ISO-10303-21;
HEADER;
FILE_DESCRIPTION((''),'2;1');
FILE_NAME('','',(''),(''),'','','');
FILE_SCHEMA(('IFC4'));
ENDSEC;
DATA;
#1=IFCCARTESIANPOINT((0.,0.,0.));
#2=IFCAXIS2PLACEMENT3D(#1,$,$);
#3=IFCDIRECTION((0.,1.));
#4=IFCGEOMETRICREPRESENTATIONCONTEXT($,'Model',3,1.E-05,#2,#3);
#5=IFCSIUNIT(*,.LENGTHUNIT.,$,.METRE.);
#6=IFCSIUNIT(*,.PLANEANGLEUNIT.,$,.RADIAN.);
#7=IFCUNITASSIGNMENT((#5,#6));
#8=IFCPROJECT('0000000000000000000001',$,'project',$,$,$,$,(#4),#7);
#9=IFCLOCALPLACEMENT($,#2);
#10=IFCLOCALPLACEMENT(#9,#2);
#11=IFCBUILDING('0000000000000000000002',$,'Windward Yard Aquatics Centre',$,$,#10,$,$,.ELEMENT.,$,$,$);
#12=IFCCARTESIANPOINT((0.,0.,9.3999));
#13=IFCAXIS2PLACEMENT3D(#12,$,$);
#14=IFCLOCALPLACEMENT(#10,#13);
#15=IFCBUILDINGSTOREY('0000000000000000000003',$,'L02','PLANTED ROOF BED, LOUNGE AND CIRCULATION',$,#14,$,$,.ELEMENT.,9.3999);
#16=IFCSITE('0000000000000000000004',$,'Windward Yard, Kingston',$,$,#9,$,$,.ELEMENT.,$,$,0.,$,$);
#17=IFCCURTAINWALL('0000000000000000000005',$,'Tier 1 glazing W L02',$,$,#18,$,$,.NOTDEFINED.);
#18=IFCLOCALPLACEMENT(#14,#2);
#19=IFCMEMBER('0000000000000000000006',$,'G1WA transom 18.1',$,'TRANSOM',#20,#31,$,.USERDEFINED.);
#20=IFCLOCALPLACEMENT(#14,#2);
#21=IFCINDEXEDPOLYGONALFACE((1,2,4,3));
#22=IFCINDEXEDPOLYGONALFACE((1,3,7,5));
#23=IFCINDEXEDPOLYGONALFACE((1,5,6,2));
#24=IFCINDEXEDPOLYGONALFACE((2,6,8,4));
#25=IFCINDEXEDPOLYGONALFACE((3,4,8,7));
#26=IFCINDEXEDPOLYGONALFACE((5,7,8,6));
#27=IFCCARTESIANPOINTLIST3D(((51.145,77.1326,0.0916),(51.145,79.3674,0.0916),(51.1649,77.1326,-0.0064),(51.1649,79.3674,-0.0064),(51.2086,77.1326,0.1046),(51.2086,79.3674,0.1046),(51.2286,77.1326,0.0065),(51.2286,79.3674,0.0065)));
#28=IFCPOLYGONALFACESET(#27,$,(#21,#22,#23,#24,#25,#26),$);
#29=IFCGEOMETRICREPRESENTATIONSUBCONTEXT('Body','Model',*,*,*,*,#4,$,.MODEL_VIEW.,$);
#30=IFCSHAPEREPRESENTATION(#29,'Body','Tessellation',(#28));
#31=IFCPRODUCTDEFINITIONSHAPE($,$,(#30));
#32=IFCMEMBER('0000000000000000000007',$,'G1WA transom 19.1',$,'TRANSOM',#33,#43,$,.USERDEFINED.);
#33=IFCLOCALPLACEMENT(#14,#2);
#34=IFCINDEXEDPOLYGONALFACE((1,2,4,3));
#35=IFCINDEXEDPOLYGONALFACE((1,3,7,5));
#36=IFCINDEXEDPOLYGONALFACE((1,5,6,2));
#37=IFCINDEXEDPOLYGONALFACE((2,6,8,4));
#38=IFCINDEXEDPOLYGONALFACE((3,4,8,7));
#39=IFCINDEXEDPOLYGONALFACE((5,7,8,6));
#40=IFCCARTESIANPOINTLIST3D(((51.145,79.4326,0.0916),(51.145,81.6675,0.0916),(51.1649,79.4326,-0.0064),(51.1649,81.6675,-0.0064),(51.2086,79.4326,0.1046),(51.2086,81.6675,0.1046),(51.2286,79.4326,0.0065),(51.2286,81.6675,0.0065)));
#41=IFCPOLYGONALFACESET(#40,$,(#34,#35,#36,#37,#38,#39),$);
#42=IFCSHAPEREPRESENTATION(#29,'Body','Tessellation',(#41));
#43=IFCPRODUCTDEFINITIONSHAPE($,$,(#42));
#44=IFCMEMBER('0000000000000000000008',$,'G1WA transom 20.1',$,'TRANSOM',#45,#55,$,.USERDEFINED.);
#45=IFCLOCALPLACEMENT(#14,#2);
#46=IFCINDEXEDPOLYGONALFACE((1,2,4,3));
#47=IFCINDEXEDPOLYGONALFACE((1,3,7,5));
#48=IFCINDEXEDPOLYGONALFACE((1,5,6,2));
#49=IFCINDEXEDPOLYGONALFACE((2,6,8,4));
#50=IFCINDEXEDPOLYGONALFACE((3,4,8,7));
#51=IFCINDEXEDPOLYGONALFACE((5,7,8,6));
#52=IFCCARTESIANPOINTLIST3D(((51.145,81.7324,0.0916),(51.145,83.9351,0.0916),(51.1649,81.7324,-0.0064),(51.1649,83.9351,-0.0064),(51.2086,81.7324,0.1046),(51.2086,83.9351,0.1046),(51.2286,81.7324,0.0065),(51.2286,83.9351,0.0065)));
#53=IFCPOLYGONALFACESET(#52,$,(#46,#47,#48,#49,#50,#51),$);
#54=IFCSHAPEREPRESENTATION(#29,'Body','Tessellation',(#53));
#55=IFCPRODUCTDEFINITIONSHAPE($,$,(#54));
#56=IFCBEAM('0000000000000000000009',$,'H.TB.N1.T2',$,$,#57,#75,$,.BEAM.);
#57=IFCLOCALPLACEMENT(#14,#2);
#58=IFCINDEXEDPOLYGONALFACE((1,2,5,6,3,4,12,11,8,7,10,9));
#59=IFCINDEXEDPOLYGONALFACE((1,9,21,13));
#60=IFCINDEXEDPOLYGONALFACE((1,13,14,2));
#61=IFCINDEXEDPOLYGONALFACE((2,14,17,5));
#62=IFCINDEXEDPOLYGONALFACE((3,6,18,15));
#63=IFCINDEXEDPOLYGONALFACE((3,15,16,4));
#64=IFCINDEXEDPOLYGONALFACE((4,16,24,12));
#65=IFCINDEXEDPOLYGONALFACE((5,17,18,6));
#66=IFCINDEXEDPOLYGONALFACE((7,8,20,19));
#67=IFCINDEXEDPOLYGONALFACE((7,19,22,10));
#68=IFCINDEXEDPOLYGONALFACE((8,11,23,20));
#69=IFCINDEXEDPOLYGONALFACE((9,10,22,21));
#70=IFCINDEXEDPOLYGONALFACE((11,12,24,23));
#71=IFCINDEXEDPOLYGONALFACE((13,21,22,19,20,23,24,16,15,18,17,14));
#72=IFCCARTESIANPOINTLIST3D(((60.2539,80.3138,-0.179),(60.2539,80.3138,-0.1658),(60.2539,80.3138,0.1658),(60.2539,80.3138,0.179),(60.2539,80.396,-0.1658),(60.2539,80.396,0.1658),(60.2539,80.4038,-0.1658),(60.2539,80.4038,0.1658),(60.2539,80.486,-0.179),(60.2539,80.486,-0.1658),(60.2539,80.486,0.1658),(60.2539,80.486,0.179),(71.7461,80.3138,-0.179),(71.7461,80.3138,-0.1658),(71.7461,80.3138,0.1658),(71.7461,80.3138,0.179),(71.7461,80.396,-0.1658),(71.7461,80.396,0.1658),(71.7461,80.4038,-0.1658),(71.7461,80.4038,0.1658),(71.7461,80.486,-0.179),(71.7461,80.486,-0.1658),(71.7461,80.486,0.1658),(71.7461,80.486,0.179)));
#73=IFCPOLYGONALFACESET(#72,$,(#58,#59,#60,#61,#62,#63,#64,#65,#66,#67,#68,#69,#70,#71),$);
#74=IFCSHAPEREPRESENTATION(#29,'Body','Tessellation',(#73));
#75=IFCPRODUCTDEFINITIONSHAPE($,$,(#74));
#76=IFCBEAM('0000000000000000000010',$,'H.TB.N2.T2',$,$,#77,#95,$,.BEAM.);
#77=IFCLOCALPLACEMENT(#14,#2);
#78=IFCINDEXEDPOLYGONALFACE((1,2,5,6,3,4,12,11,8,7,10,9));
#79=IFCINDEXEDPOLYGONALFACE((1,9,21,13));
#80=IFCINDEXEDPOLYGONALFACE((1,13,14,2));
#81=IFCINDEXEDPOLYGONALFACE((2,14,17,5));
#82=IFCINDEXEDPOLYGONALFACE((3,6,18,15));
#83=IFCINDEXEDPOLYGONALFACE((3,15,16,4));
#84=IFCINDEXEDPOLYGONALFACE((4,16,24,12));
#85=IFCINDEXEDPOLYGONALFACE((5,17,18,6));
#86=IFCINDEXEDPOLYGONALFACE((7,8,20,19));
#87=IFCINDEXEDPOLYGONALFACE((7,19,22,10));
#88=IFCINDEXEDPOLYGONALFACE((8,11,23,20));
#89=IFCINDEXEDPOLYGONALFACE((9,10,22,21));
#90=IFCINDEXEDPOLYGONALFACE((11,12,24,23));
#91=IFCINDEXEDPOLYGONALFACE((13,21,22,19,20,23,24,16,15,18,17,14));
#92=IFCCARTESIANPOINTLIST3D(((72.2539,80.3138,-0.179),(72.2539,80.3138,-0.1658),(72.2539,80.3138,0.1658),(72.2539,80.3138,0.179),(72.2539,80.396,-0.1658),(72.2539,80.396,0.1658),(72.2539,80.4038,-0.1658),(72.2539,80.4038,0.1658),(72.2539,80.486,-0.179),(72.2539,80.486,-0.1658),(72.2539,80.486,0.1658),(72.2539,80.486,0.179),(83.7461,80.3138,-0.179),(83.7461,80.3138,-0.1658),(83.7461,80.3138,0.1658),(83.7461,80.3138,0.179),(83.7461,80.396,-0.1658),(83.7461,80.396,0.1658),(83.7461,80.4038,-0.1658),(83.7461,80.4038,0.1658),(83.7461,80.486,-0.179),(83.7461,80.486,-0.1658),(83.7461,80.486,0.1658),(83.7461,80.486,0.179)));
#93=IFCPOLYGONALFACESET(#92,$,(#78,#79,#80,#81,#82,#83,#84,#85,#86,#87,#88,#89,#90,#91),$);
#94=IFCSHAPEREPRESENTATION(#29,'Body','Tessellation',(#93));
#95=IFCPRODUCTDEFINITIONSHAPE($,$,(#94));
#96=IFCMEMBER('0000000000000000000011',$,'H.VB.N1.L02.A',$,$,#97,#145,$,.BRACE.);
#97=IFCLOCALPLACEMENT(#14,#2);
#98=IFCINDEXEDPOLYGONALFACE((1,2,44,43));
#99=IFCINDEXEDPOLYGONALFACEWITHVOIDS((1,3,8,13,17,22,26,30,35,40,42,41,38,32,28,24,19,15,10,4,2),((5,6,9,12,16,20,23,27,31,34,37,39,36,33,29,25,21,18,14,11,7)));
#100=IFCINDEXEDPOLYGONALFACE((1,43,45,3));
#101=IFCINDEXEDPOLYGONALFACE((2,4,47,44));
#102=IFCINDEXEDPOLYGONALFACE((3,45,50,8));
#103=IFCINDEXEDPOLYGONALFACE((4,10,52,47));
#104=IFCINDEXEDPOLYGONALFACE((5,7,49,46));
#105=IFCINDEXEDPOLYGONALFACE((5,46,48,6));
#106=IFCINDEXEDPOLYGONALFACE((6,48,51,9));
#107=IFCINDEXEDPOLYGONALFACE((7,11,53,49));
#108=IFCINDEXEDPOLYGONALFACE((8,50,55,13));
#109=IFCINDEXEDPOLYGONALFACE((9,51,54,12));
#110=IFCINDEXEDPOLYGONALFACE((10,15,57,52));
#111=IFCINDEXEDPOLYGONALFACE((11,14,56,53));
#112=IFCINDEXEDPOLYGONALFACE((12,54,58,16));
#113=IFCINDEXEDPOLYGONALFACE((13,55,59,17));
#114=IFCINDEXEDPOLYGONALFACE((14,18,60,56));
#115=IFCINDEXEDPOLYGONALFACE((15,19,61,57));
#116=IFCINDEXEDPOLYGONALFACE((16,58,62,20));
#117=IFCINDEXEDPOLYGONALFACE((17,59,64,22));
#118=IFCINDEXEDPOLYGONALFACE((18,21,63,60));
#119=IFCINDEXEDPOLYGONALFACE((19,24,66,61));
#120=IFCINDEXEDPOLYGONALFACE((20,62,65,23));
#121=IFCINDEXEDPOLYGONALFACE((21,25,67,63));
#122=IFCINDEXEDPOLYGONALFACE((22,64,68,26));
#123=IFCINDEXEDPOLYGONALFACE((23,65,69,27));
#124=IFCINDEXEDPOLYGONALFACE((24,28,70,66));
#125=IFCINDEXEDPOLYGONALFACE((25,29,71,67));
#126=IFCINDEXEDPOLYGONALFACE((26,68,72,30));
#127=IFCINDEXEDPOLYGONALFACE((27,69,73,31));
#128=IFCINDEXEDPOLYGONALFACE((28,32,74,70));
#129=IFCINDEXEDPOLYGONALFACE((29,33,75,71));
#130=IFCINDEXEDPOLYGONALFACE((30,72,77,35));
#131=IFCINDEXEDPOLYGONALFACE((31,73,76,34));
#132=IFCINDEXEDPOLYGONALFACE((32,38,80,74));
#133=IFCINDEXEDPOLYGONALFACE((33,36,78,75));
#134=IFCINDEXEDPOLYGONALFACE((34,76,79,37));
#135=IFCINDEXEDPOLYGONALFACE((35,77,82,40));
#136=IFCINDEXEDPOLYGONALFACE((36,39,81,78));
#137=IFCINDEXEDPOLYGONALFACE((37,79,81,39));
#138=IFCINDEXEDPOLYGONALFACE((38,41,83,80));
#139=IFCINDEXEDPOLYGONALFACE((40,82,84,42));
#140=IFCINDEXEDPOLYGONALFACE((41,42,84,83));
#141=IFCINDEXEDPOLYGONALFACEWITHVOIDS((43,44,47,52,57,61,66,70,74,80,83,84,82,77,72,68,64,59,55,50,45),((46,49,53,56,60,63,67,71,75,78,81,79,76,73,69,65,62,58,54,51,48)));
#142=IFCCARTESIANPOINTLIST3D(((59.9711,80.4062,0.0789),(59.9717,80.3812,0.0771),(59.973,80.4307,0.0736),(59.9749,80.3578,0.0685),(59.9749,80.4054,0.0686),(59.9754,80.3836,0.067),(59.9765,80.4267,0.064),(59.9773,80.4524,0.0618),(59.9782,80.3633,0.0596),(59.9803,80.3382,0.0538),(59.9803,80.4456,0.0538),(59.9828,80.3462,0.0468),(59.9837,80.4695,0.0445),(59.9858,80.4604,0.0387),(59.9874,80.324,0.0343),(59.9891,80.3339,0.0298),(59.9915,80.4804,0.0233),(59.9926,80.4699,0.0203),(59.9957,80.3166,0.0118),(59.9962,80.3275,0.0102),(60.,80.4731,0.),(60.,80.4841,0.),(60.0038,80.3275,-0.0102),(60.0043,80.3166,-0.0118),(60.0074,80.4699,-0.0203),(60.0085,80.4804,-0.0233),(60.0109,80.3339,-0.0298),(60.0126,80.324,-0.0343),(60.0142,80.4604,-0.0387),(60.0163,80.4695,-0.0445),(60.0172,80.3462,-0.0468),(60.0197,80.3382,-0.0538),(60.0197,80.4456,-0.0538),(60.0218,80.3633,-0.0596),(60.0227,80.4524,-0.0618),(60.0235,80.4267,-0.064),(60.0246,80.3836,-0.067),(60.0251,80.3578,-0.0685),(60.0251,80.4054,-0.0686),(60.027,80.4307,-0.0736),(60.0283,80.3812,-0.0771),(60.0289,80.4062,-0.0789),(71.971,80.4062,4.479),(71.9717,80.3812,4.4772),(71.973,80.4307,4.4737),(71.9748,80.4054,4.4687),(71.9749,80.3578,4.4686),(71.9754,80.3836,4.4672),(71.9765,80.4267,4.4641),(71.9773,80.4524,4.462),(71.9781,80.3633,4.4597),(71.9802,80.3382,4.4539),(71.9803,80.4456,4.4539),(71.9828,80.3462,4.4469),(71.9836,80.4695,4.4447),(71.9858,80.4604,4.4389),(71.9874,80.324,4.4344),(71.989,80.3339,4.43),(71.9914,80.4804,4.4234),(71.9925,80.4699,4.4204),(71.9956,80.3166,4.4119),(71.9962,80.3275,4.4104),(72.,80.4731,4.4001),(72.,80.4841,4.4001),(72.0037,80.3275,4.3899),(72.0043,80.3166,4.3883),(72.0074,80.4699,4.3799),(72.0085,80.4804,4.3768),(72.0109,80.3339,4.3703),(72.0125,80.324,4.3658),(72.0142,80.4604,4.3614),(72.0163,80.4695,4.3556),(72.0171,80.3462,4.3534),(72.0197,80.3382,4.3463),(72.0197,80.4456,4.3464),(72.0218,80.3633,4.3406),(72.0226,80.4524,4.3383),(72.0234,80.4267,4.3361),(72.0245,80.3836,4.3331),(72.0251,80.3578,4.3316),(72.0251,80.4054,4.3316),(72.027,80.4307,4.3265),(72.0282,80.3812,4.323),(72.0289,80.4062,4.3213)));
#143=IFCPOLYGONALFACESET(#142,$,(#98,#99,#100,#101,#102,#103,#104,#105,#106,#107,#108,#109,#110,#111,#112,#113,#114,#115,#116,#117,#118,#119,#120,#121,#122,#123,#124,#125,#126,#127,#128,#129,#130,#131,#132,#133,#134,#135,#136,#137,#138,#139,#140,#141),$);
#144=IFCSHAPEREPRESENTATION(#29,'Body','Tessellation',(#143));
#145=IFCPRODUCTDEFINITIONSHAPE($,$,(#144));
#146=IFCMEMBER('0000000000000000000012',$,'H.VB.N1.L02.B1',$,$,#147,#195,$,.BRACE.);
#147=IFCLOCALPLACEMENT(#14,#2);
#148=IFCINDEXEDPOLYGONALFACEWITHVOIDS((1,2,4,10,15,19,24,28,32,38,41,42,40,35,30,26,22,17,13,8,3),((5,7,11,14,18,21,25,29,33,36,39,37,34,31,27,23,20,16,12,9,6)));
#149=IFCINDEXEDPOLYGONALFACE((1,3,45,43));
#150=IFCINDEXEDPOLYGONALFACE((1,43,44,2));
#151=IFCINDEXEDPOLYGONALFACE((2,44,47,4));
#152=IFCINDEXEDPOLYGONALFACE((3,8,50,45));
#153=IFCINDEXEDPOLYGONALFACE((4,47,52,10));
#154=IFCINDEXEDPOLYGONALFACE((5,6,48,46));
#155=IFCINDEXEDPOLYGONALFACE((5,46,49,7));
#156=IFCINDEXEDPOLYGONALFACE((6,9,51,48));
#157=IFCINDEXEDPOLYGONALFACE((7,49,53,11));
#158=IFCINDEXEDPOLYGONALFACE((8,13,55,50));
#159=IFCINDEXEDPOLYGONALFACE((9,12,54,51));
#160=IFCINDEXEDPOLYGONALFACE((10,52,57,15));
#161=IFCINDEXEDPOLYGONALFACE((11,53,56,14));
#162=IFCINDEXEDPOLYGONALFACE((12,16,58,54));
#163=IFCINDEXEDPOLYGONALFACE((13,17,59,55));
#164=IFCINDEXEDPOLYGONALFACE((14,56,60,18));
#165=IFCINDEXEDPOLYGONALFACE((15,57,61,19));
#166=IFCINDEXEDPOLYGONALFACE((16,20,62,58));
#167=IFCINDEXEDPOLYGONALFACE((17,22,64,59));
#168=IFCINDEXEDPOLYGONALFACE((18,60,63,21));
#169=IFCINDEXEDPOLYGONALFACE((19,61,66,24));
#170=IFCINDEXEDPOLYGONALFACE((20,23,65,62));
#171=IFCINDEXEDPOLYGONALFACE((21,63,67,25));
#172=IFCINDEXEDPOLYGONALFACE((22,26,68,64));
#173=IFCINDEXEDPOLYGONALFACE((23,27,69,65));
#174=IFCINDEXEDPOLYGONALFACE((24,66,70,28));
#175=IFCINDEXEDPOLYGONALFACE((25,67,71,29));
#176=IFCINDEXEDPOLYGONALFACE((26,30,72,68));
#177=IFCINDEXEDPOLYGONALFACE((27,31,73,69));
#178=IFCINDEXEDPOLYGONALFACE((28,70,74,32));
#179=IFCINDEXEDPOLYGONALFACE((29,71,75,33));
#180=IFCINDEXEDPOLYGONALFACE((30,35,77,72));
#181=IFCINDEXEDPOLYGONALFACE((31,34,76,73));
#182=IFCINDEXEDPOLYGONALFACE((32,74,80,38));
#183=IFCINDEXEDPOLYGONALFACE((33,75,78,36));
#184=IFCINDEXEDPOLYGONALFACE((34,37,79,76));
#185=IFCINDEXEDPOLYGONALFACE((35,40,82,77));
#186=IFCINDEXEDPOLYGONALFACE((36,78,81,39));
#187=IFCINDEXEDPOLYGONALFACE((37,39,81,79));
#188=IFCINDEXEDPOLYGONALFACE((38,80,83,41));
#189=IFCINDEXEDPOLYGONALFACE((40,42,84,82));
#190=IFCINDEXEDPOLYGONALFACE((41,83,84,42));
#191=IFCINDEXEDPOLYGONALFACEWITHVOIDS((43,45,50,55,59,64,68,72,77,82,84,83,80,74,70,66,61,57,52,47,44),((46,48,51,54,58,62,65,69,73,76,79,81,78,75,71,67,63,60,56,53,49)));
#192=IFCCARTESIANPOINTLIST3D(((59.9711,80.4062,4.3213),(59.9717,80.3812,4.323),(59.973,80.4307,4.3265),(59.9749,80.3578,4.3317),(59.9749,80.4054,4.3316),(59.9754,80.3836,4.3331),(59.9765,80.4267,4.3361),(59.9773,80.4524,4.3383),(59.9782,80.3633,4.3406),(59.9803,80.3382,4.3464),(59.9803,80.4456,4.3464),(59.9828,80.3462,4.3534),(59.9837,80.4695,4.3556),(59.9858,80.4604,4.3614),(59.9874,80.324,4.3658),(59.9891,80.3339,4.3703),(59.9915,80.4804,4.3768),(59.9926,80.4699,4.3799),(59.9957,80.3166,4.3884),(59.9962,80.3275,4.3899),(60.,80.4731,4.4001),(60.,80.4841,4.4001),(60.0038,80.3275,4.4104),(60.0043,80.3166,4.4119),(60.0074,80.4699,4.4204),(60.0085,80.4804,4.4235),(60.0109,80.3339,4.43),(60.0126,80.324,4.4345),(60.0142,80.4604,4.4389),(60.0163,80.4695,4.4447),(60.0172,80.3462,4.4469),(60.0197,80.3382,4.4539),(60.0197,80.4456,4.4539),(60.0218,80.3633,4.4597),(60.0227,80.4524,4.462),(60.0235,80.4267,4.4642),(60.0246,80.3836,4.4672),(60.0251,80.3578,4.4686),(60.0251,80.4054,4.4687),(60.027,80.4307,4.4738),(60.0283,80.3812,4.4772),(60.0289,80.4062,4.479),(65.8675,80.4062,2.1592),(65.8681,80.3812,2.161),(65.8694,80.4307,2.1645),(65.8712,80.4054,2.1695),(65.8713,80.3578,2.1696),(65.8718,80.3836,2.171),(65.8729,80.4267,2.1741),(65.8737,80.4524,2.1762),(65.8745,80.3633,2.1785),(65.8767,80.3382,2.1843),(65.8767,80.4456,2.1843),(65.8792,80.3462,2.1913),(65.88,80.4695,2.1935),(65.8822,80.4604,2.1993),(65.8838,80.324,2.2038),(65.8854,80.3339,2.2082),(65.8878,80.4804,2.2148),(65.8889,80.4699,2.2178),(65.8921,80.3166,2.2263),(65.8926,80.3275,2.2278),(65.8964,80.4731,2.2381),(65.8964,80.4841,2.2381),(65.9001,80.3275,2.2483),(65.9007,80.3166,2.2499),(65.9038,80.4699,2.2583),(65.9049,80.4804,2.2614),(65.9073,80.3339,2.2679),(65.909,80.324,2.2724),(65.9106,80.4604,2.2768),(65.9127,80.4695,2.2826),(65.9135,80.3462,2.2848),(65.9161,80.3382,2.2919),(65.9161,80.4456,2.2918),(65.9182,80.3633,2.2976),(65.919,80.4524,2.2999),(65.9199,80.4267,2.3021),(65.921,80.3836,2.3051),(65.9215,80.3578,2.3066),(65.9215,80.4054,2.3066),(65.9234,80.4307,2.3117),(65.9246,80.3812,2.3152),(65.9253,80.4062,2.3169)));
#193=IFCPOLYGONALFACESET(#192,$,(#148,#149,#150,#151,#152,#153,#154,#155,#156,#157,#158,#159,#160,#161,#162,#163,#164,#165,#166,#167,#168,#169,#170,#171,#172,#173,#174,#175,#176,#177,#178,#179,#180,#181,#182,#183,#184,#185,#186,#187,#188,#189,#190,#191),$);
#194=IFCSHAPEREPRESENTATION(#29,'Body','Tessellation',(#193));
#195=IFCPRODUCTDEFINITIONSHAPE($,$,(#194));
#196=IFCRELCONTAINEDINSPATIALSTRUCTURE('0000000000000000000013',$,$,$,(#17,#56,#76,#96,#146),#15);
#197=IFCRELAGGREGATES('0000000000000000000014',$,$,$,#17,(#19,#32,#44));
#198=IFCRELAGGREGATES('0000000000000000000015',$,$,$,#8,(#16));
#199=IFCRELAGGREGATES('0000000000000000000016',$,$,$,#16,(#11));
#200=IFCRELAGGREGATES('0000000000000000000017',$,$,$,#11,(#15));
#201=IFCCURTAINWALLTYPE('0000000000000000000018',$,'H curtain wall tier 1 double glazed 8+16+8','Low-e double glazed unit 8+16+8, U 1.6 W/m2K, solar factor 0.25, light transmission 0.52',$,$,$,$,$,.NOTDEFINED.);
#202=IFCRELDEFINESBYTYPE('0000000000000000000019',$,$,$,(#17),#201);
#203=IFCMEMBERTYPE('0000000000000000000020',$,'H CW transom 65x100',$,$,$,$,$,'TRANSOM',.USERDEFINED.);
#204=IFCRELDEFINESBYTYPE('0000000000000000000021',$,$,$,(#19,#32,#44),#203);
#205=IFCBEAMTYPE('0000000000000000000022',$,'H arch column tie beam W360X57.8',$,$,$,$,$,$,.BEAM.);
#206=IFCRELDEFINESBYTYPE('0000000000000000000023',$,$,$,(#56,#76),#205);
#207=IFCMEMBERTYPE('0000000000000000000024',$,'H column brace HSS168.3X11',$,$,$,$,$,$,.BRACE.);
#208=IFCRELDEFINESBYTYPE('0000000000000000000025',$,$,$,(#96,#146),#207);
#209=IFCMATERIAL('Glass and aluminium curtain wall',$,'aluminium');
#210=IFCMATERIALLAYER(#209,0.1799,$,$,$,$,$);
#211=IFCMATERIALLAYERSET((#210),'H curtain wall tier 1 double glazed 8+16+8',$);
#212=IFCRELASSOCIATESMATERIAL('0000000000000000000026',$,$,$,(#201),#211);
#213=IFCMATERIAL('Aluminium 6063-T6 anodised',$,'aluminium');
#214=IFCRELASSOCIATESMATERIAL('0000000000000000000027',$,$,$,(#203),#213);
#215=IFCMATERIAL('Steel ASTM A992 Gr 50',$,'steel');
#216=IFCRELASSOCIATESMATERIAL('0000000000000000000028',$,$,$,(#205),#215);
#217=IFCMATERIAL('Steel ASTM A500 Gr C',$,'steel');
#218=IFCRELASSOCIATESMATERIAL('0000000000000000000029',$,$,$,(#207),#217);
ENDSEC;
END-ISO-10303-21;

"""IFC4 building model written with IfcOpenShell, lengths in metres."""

from ifc_helpers import new_model, si_unit, direction, frame, origin, origin_2d, place, context, subcontext, project, spatial, rectangle, hollow_circle, i_section, extrude, material, layer, layer_set, material_profile, profile_set, type_object, element, aggregate, save


model = new_model("IFC4")

# Units and contexts
model_context = context("Model", 3, precision=1e-05, world=origin(), true_north=direction((0.0, 1.0)))
body_context = subcontext(model_context, "Body", "Model", "MODEL_VIEW")
ifc_project = project(units=[si_unit("LENGTHUNIT", "METRE"), si_unit("PLANEANGLEUNIT", "RADIAN")], contexts=[model_context])

# Site, building, storey
site_placement = place(None, origin())
site = spatial("IfcSite", under=ifc_project, at=site_placement, Name="Windward Yard, Kingston", CompositionType="ELEMENT", RefElevation=0.0)
building_placement = place(site_placement, origin())
building = spatial("IfcBuilding", under=site, at=building_placement, Name="Windward Yard Aquatics Centre", CompositionType="ELEMENT")
storey_placement = place(building_placement, frame((0.0, 0.0, 9.3999)))
storey = spatial("IfcBuildingStorey", under=building, at=storey_placement, Name="L02", Description="PLANTED ROOF BED, LOUNGE AND CIRCULATION", CompositionType="ELEMENT", Elevation=9.3999)

# Shared definitions
ifc_material_1 = material(Name="Steel ASTM A500 Gr C", Category="steel")

# Curtain wall, members
ifc_material_2 = material(Name="Glass and aluminium curtain wall", Category="aluminium")
ifc_layer_1 = layer(ifc_material_2, 0.1799)
ifc_layer_set_1 = layer_set([ifc_layer_1], Name="H curtain wall tier 1 double glazed 8+16+8")
curtain_wall_type = type_object("IfcCurtainWallType", Name="H curtain wall tier 1 double glazed 8+16+8", Description="Low-e double glazed unit 8+16+8, U 1.6 W/m2K, solar factor 0.25, light transmission 0.52", PredefinedType="NOTDEFINED", material=ifc_layer_set_1)
curtain_wall_placement = place(storey_placement, origin())
curtain_wall = element("IfcCurtainWall", 1, at=curtain_wall_placement, inside=storey, type_object=curtain_wall_type, Name="Tier 1 glazing W L02", PredefinedType="NOTDEFINED")
ifc_material_3 = material(Name="Aluminium 6063-T6 anodised", Category="aluminium")
ifc_material_profile_1 = material_profile(ifc_material_3, rectangle(XDim=0.0649, YDim=0.1001, at=origin_2d()), Name="H CW transom 65x100")
ifc_profile_set_1 = profile_set([ifc_material_profile_1], Name="Aluminium 6063-T6 anodised")
member_type_1 = type_object("IfcMemberType", Name="H CW transom 65x100", ElementType="TRANSOM", PredefinedType="USERDEFINED", material=ifc_profile_set_1)
member_1_placement = place(storey_placement, frame((51.1868, 77.1326, 0.0491), z_axis=(0.0, 1.0, 0.0), x_axis=(0.979925, 0.0, 0.199368)))
member_1 = element("IfcMember", 2, at=member_1_placement, type_object=member_type_1, Name="G1WA transom 18.1", ObjectType="TRANSOM", PredefinedType="USERDEFINED", context=body_context, shape_type="SweptSolid", body=[
    extrude(rectangle(XDim=0.0649, YDim=0.1001, at=origin_2d()), origin(), (0.0, 0.0, 1.0), 2.2349),
])
member_2_placement = place(storey_placement, frame((51.1868, 79.4326, 0.0491), z_axis=(0.0, 1.0, 0.0), x_axis=(0.979925, 0.0, 0.199368)))
member_2 = element("IfcMember", 3, at=member_2_placement, type_object=member_type_1, Name="G1WA transom 19.1", ObjectType="TRANSOM", PredefinedType="USERDEFINED", context=body_context, shape_type="SweptSolid", body=[
    extrude(rectangle(XDim=0.0649, YDim=0.1001, at=origin_2d()), origin(), (0.0, 0.0, 1.0), 2.2349),
])
member_3_placement = place(storey_placement, frame((51.1868, 81.7324, 0.0491), z_axis=(0.0, 1.0, 0.0), x_axis=(0.979925, 0.0, 0.199368)))
member_3 = element("IfcMember", 4, at=member_3_placement, type_object=member_type_1, Name="G1WA transom 20.1", ObjectType="TRANSOM", PredefinedType="USERDEFINED", context=body_context, shape_type="SweptSolid", body=[
    extrude(rectangle(XDim=0.0649, YDim=0.1001, at=origin_2d()), origin(), (0.0, 0.0, 1.0), 2.2026),
])
aggregate(curtain_wall, [member_1, member_2, member_3])

# Beams
ifc_material_4 = material(Name="Steel ASTM A992 Gr 50", Category="steel")
ifc_material_profile_2 = material_profile(ifc_material_4, i_section(OverallWidth=0.1721, OverallDepth=0.3579, WebThickness=0.0078, FlangeThickness=0.0132, at=origin_2d()), Name="W360X57.8")
ifc_profile_set_2 = profile_set([ifc_material_profile_2], Name="Steel ASTM A992 Gr 50")
beam_type_1 = type_object("IfcBeamType", Name="H arch column tie beam W360X57.8", PredefinedType="BEAM", material=ifc_profile_set_2)
for number, where, z_axis, x_axis, name in (
    (5, (60.2539, 80.3999, 0.0), (1.0, 0.0, 0.0), (0.0, 1.0, 0.0), "H.TB.N1.T2"),
    (6, (72.2539, 80.3999, 0.0), (1.0, 0.0, 0.0), (0.0, 1.0, 0.0), "H.TB.N2.T2"),
):
    element("IfcBeam", number, at=place(storey_placement, frame(where, z_axis=z_axis, x_axis=x_axis)), inside=storey, type_object=beam_type_1, Name=name, PredefinedType="BEAM", context=body_context, shape_type="SweptSolid", body=[
        extrude(i_section(OverallWidth=0.1721, OverallDepth=0.3579, WebThickness=0.0078, FlangeThickness=0.0132, at=origin_2d()), origin(), (0.0, 0.0, 1.0), 11.4922),
    ])

# Members
ifc_material_profile_3 = material_profile(ifc_material_1, hollow_circle(Radius=0.0842, WallThickness=0.011, at=origin_2d()), Name="HSS168.3X11")
ifc_profile_set_3 = profile_set([ifc_material_profile_3], Name="Steel ASTM A500 Gr C")
member_type_2 = type_object("IfcMemberType", Name="H column brace HSS168.3X11", PredefinedType="BRACE", material=ifc_profile_set_3)
member_4_placement = place(storey_placement, frame((60.0, 80.3999, 0.0), z_axis=(0.938873, 0.0, 0.344265), x_axis=(0.0, 1.0, 0.0)))
element("IfcMember", 7, at=member_4_placement, inside=storey, type_object=member_type_2, Name="H.VB.N1.L02.A", PredefinedType="BRACE", context=body_context, shape_type="SweptSolid", body=[
    extrude(hollow_circle(Radius=0.0842, WallThickness=0.011, at=origin_2d()), origin(), (0.0, 0.0, 1.0), 12.7812),
])
for number, where, z_axis, x_axis, name in (
    (8, (60.0, 80.3999, 4.4001), (0.938873, 0.0, -0.344264), (0.0, 1.0, 0.0), "H.VB.N1.L02.B1"),
):
    element("IfcMember", number, at=place(storey_placement, frame(where, z_axis=z_axis, x_axis=x_axis)), inside=storey, type_object=member_type_2, Name=name, PredefinedType="BRACE", context=body_context, shape_type="SweptSolid", body=[
        extrude(hollow_circle(Radius=0.0842, WallThickness=0.011, at=origin_2d()), origin(), (0.0, 0.0, 1.0), 6.2803),
    ])

save(model, "model.ifc")
